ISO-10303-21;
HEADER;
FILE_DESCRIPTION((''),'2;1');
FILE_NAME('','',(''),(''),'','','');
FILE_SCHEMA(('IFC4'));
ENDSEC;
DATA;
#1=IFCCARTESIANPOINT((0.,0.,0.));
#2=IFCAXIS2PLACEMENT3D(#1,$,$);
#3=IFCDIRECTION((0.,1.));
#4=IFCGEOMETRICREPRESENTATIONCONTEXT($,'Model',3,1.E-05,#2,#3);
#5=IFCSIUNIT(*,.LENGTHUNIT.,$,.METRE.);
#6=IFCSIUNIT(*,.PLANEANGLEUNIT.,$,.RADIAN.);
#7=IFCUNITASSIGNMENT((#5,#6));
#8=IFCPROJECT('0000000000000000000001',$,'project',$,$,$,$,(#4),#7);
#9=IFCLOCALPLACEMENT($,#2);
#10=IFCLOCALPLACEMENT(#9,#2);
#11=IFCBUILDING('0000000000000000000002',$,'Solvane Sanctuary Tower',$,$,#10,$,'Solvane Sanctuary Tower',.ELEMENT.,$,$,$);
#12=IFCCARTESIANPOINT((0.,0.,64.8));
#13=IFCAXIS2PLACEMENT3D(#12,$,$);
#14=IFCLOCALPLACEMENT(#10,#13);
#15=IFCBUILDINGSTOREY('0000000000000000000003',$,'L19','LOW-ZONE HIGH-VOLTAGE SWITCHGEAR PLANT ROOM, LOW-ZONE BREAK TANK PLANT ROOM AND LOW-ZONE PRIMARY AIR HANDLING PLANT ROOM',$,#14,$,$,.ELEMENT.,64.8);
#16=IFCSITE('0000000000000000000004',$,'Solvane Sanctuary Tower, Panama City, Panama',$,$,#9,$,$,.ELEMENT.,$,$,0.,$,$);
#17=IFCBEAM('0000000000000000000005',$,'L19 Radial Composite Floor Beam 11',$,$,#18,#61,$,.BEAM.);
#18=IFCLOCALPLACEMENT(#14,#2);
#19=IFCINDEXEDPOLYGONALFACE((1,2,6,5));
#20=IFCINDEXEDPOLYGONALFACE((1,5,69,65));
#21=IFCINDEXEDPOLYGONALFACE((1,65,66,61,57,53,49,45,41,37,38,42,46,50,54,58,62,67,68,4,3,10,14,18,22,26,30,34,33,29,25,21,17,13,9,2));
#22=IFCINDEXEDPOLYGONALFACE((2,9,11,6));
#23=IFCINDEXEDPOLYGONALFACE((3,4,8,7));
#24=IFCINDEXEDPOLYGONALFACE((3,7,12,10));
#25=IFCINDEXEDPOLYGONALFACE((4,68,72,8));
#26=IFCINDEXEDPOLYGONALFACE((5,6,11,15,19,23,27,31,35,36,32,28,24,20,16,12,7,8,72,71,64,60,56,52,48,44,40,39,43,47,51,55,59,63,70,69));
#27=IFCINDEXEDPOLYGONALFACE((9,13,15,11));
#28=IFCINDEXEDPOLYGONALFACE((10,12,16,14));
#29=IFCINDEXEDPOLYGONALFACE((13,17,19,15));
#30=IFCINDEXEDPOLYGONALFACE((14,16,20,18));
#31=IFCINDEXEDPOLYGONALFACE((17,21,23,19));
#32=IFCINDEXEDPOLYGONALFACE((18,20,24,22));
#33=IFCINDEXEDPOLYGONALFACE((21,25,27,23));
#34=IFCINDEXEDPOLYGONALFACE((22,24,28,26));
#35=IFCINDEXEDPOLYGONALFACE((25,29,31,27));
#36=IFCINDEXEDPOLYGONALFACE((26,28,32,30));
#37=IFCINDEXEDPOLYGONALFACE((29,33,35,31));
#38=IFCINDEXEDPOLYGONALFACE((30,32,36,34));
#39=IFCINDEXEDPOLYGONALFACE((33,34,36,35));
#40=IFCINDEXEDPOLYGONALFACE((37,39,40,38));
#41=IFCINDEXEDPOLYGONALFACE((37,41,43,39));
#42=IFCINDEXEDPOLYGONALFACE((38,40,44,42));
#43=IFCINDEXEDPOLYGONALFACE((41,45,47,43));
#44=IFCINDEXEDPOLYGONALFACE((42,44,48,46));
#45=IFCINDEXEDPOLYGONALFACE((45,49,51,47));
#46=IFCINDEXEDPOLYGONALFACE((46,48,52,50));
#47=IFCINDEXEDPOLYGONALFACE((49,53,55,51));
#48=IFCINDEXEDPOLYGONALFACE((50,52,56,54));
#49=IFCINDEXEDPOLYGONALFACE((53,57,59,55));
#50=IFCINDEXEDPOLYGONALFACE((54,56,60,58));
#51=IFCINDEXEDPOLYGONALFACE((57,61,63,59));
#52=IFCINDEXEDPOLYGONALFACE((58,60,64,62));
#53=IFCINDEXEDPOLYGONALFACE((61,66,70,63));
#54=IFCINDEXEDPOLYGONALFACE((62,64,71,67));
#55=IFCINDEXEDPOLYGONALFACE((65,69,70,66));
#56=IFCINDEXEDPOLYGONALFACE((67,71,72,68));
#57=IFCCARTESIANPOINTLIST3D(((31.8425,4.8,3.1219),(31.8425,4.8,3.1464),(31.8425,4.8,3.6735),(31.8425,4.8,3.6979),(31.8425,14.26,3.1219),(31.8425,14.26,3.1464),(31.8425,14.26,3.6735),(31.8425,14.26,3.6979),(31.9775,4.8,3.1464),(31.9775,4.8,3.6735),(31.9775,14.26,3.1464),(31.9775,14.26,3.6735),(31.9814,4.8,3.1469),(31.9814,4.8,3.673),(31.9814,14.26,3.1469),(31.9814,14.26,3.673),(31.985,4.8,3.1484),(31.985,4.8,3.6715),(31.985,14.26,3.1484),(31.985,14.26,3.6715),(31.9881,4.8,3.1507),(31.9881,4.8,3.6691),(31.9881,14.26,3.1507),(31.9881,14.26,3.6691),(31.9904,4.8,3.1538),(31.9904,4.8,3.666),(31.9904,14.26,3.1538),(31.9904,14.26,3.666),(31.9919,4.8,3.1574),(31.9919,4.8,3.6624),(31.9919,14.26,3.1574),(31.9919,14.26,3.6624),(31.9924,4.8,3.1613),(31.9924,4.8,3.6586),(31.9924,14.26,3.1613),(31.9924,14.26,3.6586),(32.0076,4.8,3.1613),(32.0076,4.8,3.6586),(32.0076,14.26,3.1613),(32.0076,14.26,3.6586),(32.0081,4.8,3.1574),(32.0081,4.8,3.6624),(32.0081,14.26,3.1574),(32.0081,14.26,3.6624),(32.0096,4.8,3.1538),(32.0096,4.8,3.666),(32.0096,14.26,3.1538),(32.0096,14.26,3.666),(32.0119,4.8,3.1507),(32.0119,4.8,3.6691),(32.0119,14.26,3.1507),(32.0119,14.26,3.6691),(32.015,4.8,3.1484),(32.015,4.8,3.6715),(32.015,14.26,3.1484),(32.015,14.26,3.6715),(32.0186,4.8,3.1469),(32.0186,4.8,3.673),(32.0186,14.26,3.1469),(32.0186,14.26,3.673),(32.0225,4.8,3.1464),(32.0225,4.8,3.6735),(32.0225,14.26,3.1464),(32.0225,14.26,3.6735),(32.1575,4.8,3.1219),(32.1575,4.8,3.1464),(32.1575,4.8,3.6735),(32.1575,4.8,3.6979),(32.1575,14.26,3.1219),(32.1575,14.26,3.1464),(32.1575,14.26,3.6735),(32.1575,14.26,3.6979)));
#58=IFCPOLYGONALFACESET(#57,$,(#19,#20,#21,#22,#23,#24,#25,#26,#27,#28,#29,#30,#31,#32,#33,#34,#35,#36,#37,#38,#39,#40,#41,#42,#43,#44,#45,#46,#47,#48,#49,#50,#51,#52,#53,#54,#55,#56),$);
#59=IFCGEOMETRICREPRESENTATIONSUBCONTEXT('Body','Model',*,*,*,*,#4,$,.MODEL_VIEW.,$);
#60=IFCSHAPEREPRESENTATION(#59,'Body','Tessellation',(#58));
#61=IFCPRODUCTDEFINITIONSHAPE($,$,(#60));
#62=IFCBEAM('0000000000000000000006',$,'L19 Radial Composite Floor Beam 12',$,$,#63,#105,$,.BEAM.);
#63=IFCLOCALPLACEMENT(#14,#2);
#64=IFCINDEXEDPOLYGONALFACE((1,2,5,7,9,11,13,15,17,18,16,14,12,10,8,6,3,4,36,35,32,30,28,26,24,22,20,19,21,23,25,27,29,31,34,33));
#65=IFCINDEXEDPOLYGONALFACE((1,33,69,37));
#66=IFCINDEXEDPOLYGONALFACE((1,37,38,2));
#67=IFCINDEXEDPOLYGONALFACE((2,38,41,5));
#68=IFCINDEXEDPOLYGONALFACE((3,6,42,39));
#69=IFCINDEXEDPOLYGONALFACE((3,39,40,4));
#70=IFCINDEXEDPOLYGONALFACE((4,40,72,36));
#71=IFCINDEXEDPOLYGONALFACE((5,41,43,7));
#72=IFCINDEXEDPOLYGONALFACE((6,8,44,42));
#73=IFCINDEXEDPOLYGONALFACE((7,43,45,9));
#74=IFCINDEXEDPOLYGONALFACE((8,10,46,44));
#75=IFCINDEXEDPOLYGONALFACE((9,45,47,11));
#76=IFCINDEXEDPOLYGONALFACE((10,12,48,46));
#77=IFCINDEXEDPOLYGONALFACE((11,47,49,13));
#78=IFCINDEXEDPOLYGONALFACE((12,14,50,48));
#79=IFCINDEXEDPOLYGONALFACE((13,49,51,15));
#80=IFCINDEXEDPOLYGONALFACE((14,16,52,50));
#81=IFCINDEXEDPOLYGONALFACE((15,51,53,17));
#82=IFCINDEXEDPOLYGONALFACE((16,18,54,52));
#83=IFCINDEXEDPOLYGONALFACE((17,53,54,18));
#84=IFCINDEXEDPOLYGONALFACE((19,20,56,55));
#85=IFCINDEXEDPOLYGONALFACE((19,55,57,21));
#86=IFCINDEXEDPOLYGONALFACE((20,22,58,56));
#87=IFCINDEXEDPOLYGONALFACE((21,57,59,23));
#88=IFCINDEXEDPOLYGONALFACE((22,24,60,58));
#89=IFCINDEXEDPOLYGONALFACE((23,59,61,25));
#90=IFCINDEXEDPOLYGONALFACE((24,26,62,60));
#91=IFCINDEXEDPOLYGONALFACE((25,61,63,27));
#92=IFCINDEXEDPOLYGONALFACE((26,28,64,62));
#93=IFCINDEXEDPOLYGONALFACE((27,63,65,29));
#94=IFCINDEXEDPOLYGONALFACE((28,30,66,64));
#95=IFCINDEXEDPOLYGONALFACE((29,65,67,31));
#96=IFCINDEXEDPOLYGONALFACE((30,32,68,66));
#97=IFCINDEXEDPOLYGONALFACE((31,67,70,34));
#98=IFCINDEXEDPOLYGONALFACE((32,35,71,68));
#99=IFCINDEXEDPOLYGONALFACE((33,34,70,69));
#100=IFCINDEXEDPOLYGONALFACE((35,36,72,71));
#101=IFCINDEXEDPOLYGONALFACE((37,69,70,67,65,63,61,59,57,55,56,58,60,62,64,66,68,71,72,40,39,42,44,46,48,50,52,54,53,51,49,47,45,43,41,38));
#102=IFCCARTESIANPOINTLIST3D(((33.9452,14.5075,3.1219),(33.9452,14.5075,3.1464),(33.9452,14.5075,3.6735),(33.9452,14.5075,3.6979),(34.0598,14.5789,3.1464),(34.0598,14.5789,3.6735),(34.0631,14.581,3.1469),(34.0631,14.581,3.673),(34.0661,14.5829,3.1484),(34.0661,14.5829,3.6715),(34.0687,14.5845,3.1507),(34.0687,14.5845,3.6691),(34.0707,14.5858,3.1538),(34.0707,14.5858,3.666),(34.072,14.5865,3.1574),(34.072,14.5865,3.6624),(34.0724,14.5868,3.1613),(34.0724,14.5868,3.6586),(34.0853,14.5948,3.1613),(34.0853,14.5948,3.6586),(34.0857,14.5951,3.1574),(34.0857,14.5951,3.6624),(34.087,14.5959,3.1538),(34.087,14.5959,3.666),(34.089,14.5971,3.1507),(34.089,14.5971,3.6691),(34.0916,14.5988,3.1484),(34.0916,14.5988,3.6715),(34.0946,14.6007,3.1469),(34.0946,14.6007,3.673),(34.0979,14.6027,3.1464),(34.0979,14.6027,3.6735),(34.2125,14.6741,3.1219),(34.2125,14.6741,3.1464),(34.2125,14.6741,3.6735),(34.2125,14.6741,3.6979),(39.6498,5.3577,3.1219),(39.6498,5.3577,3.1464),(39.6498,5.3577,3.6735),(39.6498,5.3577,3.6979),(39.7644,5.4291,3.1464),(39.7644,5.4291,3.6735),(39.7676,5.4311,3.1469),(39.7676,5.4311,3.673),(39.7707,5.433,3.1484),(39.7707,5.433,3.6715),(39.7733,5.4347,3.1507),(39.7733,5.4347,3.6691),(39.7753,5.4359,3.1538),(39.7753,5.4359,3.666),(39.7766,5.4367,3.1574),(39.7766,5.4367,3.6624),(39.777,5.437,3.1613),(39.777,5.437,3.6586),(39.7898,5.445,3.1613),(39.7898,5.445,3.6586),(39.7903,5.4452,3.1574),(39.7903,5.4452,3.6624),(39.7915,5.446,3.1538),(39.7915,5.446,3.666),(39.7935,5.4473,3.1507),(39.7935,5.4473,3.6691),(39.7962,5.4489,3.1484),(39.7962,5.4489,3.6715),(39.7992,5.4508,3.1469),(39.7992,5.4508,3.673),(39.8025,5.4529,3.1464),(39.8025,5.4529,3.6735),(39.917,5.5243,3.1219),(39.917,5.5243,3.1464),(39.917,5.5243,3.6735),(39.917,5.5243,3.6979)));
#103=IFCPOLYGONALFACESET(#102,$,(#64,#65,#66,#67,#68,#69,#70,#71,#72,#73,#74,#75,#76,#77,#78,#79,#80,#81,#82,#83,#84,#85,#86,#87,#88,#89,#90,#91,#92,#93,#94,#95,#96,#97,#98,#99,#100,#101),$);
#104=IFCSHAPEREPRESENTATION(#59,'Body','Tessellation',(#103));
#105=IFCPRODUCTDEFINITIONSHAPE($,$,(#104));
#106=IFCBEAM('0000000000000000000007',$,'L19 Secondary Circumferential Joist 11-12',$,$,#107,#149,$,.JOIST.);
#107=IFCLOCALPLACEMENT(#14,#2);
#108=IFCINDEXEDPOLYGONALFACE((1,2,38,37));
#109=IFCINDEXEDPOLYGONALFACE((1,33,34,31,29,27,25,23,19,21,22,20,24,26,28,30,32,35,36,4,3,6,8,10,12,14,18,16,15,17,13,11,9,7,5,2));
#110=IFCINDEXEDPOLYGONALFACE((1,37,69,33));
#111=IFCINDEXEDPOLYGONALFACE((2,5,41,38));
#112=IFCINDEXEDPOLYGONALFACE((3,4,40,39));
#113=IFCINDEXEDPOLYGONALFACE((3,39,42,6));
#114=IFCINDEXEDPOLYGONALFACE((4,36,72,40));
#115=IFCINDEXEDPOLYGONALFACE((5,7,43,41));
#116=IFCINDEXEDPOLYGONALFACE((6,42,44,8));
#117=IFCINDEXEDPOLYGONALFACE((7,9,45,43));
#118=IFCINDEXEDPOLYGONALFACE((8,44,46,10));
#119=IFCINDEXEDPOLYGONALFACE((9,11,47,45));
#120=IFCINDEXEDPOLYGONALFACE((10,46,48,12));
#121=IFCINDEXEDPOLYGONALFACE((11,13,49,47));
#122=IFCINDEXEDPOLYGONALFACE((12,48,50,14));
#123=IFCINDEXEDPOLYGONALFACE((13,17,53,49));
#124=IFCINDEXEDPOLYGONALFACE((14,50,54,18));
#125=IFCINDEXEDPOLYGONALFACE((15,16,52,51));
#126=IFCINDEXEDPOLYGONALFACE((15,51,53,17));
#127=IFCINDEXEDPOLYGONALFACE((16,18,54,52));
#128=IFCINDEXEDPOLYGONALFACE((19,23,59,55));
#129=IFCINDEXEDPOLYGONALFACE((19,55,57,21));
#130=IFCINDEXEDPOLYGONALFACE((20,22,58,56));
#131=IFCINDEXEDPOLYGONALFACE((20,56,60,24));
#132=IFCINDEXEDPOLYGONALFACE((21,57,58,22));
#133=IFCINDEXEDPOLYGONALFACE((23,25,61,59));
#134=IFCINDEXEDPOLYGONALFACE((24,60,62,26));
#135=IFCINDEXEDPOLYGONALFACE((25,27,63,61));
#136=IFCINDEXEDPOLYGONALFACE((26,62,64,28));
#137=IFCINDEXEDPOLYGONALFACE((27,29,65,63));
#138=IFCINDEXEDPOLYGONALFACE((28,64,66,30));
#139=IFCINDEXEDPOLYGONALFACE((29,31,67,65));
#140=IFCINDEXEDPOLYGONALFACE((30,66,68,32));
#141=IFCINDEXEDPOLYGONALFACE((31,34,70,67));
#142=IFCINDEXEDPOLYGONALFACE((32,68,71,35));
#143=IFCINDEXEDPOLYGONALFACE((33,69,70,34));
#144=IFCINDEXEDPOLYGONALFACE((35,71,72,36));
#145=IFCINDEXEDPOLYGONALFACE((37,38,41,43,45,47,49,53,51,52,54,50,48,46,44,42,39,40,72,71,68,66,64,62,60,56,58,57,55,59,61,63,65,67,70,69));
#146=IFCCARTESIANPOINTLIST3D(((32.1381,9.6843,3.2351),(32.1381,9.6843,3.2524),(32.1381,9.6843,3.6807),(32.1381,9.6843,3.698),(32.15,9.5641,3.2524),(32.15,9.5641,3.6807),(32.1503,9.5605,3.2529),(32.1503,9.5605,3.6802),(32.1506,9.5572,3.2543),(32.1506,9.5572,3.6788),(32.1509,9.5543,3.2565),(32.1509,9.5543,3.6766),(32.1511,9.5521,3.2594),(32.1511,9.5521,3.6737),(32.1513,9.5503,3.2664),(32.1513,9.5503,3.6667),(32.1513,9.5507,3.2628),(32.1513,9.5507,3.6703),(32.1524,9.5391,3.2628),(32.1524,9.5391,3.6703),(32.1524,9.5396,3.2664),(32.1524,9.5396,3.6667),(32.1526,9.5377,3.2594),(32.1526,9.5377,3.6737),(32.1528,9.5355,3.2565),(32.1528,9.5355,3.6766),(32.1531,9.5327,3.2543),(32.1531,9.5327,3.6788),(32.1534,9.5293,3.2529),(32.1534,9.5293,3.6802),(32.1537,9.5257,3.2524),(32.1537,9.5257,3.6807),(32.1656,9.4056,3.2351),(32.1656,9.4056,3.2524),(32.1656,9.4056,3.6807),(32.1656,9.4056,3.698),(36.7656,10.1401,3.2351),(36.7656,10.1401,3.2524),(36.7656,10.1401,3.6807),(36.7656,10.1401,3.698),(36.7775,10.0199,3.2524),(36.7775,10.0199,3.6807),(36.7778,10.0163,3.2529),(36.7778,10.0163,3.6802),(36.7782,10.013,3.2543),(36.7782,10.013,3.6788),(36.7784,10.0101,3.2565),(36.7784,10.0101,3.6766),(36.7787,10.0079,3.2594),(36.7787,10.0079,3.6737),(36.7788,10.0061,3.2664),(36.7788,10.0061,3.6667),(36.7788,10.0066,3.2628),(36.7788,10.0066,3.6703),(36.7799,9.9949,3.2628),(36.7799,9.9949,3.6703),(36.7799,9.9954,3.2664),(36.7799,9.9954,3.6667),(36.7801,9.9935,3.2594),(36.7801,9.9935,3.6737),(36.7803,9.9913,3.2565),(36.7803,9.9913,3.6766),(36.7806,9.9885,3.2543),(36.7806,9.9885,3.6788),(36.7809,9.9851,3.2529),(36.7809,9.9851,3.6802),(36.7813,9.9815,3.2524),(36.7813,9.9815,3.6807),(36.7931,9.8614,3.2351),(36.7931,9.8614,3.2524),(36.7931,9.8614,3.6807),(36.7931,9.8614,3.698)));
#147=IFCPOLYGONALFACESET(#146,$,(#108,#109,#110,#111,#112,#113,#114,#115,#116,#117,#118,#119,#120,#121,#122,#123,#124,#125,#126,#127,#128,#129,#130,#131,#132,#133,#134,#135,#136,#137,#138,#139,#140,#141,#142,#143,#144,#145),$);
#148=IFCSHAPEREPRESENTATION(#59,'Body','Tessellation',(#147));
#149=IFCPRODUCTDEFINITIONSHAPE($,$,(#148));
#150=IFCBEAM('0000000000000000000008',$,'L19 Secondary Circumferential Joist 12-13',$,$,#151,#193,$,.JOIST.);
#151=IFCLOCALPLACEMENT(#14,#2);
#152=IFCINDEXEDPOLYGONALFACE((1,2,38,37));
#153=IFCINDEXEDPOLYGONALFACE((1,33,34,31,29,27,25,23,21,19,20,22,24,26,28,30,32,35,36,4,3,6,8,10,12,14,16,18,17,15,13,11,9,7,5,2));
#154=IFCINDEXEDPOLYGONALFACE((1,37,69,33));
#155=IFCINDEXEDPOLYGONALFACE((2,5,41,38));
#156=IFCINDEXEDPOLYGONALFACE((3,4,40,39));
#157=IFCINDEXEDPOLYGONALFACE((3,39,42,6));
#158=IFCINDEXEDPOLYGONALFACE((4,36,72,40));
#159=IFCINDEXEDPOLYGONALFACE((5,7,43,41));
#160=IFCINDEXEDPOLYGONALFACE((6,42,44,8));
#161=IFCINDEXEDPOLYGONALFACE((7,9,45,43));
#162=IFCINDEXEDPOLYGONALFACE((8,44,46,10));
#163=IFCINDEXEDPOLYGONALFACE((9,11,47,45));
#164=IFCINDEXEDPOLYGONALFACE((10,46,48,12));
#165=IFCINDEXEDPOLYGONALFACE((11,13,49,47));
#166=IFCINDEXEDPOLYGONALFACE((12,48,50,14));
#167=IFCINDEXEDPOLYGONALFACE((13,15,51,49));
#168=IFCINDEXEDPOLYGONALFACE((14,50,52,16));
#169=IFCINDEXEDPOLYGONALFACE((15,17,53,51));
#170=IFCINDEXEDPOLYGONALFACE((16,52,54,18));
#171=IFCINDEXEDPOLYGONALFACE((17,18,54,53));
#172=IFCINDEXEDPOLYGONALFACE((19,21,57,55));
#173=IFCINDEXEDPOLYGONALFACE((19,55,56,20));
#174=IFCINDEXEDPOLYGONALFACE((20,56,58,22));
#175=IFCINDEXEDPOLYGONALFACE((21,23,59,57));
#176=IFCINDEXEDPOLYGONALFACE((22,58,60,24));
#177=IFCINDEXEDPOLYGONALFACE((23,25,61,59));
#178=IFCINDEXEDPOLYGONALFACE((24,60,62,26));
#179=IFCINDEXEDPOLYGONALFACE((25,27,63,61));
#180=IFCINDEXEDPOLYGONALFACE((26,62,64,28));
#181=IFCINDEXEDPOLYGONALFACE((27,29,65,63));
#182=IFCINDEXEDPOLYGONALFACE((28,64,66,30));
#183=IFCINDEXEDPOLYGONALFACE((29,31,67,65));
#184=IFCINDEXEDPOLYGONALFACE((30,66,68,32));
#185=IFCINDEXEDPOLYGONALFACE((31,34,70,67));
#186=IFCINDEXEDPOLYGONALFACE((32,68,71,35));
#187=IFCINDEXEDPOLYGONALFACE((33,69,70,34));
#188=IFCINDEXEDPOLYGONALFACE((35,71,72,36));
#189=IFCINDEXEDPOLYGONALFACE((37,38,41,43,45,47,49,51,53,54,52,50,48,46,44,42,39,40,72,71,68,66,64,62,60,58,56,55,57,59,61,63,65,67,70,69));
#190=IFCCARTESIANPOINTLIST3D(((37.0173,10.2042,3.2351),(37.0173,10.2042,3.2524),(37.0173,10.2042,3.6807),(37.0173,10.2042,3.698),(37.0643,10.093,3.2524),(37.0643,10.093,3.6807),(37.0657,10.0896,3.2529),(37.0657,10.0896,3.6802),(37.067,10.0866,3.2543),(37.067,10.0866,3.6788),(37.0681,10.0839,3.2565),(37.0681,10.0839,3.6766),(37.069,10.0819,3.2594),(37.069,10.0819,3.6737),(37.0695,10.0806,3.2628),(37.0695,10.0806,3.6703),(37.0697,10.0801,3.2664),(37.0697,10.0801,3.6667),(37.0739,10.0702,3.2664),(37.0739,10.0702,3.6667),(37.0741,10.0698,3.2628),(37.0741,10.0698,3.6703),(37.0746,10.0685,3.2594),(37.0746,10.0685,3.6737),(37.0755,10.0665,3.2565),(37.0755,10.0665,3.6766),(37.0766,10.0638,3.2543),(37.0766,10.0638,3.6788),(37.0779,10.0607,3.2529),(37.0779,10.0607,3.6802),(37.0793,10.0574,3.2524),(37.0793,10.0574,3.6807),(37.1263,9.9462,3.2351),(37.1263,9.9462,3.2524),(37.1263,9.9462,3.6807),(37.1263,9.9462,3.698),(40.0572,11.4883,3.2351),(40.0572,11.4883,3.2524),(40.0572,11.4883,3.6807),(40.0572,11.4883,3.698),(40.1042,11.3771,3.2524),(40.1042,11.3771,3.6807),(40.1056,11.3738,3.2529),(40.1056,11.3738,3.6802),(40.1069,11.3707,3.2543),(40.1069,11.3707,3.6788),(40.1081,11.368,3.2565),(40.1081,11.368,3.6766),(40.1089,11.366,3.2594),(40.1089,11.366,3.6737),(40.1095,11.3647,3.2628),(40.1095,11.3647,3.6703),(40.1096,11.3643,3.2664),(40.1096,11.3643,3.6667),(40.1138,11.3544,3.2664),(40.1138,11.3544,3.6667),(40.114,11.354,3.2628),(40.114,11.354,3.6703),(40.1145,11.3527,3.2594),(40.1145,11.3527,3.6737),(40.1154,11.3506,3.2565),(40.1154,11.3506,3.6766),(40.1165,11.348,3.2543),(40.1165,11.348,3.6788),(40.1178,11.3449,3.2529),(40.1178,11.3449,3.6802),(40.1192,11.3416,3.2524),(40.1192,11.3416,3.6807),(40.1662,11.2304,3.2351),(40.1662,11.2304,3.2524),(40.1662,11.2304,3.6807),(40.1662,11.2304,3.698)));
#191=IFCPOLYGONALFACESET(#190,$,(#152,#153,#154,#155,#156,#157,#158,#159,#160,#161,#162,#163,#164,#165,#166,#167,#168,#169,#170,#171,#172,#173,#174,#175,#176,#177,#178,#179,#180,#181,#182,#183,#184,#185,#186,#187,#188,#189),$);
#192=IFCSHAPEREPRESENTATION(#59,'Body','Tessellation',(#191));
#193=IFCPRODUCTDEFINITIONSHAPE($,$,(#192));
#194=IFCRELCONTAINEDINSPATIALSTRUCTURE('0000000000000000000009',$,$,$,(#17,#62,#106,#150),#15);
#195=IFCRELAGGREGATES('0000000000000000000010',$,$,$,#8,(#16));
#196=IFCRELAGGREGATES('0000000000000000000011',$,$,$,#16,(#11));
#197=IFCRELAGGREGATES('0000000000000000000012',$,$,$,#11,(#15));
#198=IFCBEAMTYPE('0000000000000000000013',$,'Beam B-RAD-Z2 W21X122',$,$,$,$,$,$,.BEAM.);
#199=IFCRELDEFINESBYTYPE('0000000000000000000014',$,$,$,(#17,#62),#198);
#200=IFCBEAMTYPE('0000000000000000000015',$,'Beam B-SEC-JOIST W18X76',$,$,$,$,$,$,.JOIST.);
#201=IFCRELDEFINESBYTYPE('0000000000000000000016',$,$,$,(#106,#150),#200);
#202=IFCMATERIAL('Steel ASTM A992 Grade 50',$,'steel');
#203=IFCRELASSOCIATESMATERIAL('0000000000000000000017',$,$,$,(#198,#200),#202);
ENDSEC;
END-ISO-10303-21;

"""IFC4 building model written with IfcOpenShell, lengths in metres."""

from ifc_helpers import new_model, si_unit, direction, frame, origin, origin_2d, place, context, subcontext, project, spatial, i_section, extrude, material, material_profile, profile_set, type_object, element, save


model = new_model("IFC4")

# Units and contexts
model_context = context("Model", 3, precision=1e-05, world=origin(), true_north=direction((0.0, 1.0)))
body_context = subcontext(model_context, "Body", "Model", "MODEL_VIEW")
ifc_project = project(units=[si_unit("LENGTHUNIT", "METRE"), si_unit("PLANEANGLEUNIT", "RADIAN")], contexts=[model_context])

# Site, building, storey
site_placement = place(None, origin())
site = spatial("IfcSite", under=ifc_project, at=site_placement, Name="Solvane Sanctuary Tower, Panama City, Panama", CompositionType="ELEMENT", RefElevation=0.0)
building_placement = place(site_placement, origin())
building = spatial("IfcBuilding", under=site, at=building_placement, Name="Solvane Sanctuary Tower", LongName="Solvane Sanctuary Tower", CompositionType="ELEMENT")
storey_placement = place(building_placement, frame((0.0, 0.0, 64.8)))
storey = spatial("IfcBuildingStorey", under=building, at=storey_placement, Name="L19", Description="LOW-ZONE HIGH-VOLTAGE SWITCHGEAR PLANT ROOM, LOW-ZONE BREAK TANK PLANT ROOM AND LOW-ZONE PRIMARY AIR HANDLING PLANT ROOM", CompositionType="ELEMENT", Elevation=64.8)

# Beams
ifc_material_1 = material(Name="Steel ASTM A992 Grade 50", Category="steel")
ifc_material_profile_1 = material_profile(ifc_material_1, i_section(OverallWidth=0.3149, OverallDepth=0.5759, WebThickness=0.0151, FlangeThickness=0.0244, FilletRadius=0.0149, at=origin_2d()), Name="W21X122")
ifc_profile_set_1 = profile_set([ifc_material_profile_1], Name="Steel ASTM A992 Grade 50")
beam_type_1 = type_object("IfcBeamType", Name="Beam B-RAD-Z2 W21X122", PredefinedType="BEAM", material=ifc_profile_set_1)
beam_1_placement = place(storey_placement, frame((32.0, 14.26, 3.4099), z_axis=(0.0, -1.0, 0.0), x_axis=(1.0, 0.0, 0.0)))
element("IfcBeam", 1, at=beam_1_placement, inside=storey, type_object=beam_type_1, Name="L19 Radial Composite Floor Beam 11", PredefinedType="BEAM", context=body_context, shape_type="SweptSolid", body=[
    extrude(i_section(OverallWidth=0.3149, OverallDepth=0.5759, WebThickness=0.0151, FlangeThickness=0.0244, FilletRadius=0.0149, at=origin_2d()), origin(), (0.0, 0.0, 1.0), 9.46),
])
beam_2_placement = place(storey_placement, frame((34.0789, 14.5908, 3.4099), z_axis=(0.529058, -0.848585, 0.0), x_axis=(0.848585, 0.529058, 0.0)))
element("IfcBeam", 2, at=beam_2_placement, inside=storey, type_object=beam_type_1, Name="L19 Radial Composite Floor Beam 12", PredefinedType="BEAM", context=body_context, shape_type="SweptSolid", body=[
    extrude(i_section(OverallWidth=0.3149, OverallDepth=0.5759, WebThickness=0.0151, FlangeThickness=0.0244, FilletRadius=0.0149, at=origin_2d()), origin(), (0.0, 0.0, 1.0), 10.7825),
])
ifc_material_profile_2 = material_profile(ifc_material_1, i_section(OverallWidth=0.28, OverallDepth=0.4629, WebThickness=0.0107, FlangeThickness=0.0173, FilletRadius=0.0139, at=origin_2d()), Name="W18X76")
ifc_profile_set_2 = profile_set([ifc_material_profile_2], Name="Steel ASTM A992 Grade 50")
beam_type_2 = type_object("IfcBeamType", Name="Beam B-SEC-JOIST W18X76", PredefinedType="JOIST", material=ifc_profile_set_2)
beam_3_placement = place(storey_placement, frame((32.1519, 9.5449, 3.4666), z_axis=(0.995184, 0.098027, 0.0), x_axis=(-0.098027, 0.995184, 0.0)))
element("IfcBeam", 3, at=beam_3_placement, inside=storey, type_object=beam_type_2, Name="L19 Secondary Circumferential Joist 11-12", PredefinedType="JOIST", context=body_context, shape_type="SweptSolid", body=[
    extrude(i_section(OverallWidth=0.28, OverallDepth=0.4629, WebThickness=0.0107, FlangeThickness=0.0173, FilletRadius=0.0139, at=origin_2d()), origin(), (0.0, 0.0, 1.0), 4.6499),
])
beam_4_placement = place(storey_placement, frame((37.0718, 10.0752, 3.4666), z_axis=(0.921184, 0.389128, 0.0), x_axis=(-0.389128, 0.921184, 0.0)))
element("IfcBeam", 4, at=beam_4_placement, inside=storey, type_object=beam_type_2, Name="L19 Secondary Circumferential Joist 12-13", PredefinedType="JOIST", context=body_context, shape_type="SweptSolid", body=[
    extrude(i_section(OverallWidth=0.28, OverallDepth=0.4629, WebThickness=0.0107, FlangeThickness=0.0173, FilletRadius=0.0139, at=origin_2d()), origin(), (0.0, 0.0, 1.0), 3.3),
])

save(model, "model.ifc")
